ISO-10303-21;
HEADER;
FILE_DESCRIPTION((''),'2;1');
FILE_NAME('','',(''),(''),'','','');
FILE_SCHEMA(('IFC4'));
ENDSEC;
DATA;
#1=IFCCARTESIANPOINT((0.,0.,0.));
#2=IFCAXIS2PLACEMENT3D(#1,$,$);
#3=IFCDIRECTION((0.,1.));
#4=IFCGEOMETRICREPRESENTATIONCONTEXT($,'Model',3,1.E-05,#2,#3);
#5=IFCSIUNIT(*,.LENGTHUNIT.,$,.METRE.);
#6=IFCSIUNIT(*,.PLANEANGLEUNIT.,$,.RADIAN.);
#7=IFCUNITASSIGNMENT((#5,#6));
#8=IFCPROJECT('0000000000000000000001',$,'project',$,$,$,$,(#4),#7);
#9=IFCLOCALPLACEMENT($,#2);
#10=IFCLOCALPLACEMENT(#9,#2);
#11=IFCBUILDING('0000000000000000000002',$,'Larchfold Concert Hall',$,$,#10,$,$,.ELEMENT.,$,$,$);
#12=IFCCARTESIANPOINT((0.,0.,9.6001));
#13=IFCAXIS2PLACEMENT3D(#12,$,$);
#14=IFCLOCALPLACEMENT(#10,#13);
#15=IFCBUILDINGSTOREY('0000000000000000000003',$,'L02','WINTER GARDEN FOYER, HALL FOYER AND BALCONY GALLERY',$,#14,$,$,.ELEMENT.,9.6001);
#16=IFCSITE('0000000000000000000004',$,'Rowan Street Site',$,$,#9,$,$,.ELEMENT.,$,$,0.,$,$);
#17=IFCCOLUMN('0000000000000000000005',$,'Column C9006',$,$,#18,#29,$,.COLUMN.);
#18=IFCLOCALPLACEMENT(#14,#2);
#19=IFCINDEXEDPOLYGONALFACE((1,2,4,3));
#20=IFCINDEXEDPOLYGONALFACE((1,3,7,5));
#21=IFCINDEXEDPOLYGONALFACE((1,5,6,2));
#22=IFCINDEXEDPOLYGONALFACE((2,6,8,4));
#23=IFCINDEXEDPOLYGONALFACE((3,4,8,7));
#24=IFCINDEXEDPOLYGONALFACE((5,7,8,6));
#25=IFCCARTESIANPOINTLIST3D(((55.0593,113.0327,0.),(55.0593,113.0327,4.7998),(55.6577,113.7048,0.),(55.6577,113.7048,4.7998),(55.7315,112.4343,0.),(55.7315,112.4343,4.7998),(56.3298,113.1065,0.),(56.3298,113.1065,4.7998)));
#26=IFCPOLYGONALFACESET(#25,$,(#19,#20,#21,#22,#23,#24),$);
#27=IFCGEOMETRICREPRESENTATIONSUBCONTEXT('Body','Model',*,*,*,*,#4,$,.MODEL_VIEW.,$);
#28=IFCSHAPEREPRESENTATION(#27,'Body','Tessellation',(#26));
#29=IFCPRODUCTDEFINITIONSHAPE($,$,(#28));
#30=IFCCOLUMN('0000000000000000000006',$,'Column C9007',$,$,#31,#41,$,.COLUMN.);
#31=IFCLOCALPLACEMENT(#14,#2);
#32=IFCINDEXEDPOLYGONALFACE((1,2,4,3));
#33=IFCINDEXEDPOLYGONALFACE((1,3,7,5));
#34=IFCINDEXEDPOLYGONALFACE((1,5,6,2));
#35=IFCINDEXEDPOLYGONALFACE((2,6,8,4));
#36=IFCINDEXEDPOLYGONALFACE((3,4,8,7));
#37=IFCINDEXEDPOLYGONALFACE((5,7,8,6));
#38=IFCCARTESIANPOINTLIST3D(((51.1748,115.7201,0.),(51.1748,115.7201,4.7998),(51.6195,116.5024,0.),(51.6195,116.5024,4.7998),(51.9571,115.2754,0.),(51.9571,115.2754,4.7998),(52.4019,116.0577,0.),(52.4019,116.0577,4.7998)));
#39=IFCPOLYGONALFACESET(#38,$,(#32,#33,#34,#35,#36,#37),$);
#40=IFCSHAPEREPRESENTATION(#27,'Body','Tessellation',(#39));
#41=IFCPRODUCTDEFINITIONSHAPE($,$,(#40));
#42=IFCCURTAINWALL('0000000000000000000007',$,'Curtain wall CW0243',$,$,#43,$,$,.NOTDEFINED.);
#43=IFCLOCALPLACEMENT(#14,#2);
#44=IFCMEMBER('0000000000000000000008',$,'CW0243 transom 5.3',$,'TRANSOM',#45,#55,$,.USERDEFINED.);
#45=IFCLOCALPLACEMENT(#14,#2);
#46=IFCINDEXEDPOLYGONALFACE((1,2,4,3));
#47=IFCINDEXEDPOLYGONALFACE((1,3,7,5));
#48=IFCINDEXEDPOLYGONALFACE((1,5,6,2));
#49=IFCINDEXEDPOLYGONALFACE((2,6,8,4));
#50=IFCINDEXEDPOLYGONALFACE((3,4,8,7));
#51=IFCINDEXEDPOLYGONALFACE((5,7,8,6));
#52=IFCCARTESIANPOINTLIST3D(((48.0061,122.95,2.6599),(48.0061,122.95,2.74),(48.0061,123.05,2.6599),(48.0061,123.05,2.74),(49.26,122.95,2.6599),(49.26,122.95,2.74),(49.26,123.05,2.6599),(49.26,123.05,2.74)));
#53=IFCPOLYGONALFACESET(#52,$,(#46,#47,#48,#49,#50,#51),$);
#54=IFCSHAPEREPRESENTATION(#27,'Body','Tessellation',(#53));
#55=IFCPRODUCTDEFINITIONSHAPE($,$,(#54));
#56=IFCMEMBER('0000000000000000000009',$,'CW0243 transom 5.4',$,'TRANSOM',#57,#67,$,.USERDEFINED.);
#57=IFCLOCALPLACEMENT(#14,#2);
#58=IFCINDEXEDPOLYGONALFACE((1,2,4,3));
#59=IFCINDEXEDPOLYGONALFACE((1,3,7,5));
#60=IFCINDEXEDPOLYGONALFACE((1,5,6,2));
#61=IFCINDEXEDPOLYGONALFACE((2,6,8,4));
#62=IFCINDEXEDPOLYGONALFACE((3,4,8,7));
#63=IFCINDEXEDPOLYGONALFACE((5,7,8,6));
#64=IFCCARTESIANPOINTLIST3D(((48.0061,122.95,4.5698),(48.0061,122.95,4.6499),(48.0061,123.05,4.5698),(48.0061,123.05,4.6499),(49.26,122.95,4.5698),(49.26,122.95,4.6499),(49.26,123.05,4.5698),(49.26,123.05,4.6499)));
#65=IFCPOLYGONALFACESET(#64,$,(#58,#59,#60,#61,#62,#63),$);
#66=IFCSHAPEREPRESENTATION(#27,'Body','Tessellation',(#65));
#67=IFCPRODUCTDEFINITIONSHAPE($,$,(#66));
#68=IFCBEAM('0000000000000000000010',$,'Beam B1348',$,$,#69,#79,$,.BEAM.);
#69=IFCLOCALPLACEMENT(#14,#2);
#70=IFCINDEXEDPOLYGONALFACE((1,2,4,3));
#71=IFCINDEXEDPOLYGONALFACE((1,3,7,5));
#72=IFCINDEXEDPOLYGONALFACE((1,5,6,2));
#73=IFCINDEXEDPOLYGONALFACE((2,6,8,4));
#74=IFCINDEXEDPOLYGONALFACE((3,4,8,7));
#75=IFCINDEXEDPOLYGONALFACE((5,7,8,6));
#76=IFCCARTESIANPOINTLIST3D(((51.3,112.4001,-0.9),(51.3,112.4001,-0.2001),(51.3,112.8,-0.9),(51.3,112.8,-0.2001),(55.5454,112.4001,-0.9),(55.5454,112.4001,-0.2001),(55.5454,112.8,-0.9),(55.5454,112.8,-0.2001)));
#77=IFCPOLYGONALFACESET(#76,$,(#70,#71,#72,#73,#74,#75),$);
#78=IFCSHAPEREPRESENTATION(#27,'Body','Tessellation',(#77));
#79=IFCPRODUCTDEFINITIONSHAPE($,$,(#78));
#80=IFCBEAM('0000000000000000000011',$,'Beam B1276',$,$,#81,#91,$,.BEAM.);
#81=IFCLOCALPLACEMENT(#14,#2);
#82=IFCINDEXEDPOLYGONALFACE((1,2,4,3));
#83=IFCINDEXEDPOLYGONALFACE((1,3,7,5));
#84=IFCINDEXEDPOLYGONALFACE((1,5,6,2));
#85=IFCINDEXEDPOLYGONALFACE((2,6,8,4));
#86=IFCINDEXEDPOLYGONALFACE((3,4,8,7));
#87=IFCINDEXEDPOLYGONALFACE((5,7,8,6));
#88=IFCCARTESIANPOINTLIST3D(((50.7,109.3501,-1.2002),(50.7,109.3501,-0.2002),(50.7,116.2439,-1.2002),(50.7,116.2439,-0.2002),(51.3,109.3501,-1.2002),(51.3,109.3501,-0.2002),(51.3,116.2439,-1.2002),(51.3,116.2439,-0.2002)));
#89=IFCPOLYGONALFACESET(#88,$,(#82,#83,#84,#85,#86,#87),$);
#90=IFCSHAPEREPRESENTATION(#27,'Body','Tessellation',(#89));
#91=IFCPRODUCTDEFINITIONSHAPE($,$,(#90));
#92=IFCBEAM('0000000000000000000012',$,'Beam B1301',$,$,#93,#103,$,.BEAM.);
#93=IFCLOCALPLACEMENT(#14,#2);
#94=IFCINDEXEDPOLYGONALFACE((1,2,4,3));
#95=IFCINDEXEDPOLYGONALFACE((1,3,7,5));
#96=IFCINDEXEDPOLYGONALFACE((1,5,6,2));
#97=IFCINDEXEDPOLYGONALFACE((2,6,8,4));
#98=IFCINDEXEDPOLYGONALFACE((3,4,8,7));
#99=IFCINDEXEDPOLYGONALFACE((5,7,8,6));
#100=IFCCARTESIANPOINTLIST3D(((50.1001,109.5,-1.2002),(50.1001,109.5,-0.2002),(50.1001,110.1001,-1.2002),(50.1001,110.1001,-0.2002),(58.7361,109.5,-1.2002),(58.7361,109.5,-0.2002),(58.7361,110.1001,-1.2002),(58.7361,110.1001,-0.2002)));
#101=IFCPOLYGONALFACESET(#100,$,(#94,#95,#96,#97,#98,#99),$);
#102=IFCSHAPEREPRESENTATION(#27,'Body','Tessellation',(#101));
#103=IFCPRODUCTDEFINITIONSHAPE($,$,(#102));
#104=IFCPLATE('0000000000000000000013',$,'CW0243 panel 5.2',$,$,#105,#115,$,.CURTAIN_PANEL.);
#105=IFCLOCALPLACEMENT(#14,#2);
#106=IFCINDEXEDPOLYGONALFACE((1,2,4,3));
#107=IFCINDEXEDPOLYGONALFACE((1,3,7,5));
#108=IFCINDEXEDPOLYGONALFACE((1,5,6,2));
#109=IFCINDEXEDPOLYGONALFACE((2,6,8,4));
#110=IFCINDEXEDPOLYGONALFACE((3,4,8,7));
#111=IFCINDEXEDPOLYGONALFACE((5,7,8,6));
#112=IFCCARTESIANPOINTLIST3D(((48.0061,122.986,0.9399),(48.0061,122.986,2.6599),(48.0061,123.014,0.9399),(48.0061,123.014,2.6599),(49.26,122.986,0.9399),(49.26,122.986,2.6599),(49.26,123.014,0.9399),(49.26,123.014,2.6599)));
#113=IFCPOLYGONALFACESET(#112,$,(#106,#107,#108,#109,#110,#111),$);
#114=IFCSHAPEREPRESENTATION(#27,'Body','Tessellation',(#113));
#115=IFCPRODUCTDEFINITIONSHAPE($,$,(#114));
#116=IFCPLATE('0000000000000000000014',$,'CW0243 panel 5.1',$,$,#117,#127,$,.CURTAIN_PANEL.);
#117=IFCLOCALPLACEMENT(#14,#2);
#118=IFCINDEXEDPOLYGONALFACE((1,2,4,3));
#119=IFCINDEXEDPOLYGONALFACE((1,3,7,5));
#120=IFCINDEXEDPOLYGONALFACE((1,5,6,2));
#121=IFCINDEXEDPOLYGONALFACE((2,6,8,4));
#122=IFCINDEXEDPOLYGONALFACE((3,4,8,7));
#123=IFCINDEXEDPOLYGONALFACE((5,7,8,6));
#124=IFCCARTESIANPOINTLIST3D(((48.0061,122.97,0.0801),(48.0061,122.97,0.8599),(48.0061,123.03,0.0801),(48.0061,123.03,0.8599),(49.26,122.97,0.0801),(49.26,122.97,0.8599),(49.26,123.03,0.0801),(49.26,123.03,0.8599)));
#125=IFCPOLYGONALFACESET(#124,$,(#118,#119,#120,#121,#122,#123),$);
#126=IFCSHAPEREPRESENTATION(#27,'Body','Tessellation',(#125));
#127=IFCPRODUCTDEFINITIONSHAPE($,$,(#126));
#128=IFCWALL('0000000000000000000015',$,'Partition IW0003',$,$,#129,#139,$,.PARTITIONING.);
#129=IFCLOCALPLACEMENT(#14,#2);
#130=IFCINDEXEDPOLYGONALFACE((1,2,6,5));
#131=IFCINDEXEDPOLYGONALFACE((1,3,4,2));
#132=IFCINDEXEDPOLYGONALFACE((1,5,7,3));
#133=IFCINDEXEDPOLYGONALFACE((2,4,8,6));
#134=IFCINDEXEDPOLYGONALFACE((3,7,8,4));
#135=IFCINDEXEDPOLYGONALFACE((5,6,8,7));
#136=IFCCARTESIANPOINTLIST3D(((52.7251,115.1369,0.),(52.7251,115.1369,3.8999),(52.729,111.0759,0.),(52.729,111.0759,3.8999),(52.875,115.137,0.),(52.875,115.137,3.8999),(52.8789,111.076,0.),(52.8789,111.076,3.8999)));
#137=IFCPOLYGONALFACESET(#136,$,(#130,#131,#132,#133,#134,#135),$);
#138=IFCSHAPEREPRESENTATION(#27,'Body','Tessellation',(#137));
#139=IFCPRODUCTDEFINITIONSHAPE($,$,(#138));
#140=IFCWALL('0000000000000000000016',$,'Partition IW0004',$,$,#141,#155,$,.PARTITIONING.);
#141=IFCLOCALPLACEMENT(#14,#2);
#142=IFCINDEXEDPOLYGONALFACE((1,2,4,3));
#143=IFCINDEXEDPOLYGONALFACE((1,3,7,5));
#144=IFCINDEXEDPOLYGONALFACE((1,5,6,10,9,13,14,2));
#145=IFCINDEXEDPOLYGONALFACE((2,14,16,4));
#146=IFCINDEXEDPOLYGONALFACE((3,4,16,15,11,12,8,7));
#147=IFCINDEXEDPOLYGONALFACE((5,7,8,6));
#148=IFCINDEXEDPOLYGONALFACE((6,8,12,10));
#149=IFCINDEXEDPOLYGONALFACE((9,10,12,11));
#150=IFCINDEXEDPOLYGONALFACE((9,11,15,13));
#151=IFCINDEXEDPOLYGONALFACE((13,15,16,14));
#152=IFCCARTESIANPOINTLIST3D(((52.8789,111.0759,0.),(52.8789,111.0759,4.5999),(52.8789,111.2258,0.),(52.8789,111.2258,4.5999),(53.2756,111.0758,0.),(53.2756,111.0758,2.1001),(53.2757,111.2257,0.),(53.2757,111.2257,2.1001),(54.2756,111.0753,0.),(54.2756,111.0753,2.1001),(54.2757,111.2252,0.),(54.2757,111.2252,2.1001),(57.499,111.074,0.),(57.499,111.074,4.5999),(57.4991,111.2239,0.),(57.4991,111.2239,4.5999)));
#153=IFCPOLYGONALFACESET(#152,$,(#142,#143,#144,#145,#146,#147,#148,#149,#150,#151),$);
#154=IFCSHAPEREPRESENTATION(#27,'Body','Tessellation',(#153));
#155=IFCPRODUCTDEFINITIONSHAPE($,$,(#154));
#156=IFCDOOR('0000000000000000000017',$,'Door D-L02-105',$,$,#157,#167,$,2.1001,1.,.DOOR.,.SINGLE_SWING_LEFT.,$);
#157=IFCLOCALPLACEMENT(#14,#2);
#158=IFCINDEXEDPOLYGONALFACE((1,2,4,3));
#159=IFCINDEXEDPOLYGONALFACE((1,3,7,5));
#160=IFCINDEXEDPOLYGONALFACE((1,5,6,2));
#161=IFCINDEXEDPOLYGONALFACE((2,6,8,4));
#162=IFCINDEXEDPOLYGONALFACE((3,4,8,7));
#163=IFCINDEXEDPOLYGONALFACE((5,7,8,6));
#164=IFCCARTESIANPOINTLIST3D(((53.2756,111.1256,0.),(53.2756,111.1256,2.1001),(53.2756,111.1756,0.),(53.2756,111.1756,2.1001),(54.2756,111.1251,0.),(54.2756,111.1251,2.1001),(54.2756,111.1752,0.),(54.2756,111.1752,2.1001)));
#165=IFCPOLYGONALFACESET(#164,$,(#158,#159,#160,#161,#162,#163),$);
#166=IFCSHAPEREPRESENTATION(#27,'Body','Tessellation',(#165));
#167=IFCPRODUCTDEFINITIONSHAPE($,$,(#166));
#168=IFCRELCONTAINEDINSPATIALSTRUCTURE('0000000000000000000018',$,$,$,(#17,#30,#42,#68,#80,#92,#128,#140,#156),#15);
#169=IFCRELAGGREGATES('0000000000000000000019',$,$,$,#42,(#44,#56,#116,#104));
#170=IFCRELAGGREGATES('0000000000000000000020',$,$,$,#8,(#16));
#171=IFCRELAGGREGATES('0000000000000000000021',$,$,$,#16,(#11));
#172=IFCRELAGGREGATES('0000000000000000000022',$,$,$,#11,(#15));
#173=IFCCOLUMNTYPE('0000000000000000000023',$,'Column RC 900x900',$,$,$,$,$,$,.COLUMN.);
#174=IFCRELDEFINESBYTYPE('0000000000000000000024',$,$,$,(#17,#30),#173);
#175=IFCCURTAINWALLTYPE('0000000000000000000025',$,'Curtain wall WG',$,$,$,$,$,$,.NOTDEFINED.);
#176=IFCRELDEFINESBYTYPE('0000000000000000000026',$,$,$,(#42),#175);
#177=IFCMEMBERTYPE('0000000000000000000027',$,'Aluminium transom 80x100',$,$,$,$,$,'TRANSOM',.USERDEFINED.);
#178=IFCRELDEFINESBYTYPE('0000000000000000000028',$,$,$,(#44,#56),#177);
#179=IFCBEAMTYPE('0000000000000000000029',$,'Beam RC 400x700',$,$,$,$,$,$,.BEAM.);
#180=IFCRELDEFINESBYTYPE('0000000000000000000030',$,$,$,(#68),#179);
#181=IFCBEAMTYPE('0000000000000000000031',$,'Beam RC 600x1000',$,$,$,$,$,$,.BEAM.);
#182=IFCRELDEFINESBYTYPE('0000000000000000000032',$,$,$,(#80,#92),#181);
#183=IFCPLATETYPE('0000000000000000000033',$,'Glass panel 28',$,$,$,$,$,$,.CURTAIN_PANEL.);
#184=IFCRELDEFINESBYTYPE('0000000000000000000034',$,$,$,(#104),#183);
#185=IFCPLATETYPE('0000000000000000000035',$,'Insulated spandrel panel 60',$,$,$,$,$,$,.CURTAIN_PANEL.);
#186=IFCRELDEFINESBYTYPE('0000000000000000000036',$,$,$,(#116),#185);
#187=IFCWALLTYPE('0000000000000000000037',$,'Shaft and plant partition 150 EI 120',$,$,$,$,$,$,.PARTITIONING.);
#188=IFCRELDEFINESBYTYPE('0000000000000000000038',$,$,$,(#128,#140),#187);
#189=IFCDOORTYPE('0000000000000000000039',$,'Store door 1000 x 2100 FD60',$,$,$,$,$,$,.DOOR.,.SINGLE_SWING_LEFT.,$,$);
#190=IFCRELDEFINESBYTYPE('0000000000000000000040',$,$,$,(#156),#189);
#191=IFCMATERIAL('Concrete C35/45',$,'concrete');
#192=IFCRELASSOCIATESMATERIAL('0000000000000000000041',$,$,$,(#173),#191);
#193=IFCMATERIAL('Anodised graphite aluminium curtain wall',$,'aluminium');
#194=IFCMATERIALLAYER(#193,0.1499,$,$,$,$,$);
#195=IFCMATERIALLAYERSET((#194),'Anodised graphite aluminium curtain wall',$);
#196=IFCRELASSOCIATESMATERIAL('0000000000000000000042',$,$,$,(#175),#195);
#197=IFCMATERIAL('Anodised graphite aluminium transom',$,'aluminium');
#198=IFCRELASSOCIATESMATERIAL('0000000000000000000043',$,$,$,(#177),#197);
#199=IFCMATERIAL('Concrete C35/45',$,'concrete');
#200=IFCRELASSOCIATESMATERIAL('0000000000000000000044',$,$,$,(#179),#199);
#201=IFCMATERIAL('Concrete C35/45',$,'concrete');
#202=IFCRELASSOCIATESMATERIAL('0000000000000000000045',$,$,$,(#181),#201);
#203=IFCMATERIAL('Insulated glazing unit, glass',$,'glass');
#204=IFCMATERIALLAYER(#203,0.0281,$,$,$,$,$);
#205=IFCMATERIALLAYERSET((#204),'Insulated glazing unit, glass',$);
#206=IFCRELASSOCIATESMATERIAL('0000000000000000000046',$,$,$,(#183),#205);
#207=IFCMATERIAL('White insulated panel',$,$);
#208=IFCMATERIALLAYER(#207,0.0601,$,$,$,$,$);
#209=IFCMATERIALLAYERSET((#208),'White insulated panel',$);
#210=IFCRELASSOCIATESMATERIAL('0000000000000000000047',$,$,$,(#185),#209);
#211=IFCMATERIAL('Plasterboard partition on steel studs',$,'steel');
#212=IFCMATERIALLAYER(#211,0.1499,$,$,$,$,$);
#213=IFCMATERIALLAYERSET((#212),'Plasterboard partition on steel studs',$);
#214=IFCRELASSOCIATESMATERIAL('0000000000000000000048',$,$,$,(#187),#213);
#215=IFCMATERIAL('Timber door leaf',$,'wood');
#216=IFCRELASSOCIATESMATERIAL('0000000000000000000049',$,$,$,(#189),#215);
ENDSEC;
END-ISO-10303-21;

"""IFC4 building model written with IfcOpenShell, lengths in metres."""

from ifc_helpers import new_model, si_unit, direction, frame, frame_2d, origin, origin_2d, place, context, subcontext, project, spatial, rectangle, extrude, material, layer, layer_set, material_profile, profile_set, type_object, element, fill, aggregate, save


model = new_model("IFC4")

# Units and contexts
model_context = context("Model", 3, precision=1e-05, world=origin(), true_north=direction((0.0, 1.0)))
body_context = subcontext(model_context, "Body", "Model", "MODEL_VIEW")
ifc_project = project(units=[si_unit("LENGTHUNIT", "METRE"), si_unit("PLANEANGLEUNIT", "RADIAN")], contexts=[model_context])

# Site, building, storey
site_placement = place(None, origin())
site = spatial("IfcSite", under=ifc_project, at=site_placement, Name="Rowan Street Site", CompositionType="ELEMENT", RefElevation=0.0)
building_placement = place(site_placement, origin())
building = spatial("IfcBuilding", under=site, at=building_placement, Name="Larchfold Concert Hall", CompositionType="ELEMENT")
storey_placement = place(building_placement, frame((0.0, 0.0, 9.6001)))
storey = spatial("IfcBuildingStorey", under=building, at=storey_placement, Name="L02", Description="WINTER GARDEN FOYER, HALL FOYER AND BALCONY GALLERY", CompositionType="ELEMENT", Elevation=9.6001)

# Columns
ifc_material_1 = material(Name="Concrete C35/45", Category="concrete")
ifc_material_profile_1 = material_profile(ifc_material_1, rectangle(XDim=0.8999, YDim=0.8999, at=origin_2d()))
ifc_profile_set_1 = profile_set([ifc_material_profile_1], Name="Concrete C35/45")
column_type = type_object("IfcColumnType", Name="Column RC 900x900", PredefinedType="COLUMN", material=ifc_profile_set_1)
for number, where, z_axis, x_axis, name in (
    (1, (55.6946, 113.0696, 0.0), (0.0, 0.0, 1.0), (0.664882, 0.746949, 0.0), "Column C9006"),
    (2, (51.7883, 115.8889, 0.0), (0.0, 0.0, 1.0), (0.494204, 0.869346, 0.0), "Column C9007"),
):
    element("IfcColumn", number, at=place(storey_placement, frame(where, z_axis=z_axis, x_axis=x_axis)), inside=storey, type_object=column_type, Name=name, PredefinedType="COLUMN", context=body_context, shape_type="SweptSolid", body=[
        extrude(rectangle(XDim=0.8999, YDim=0.8999, at=origin_2d()), origin(), (0.0, 0.0, 1.0), 4.7998),
    ])

# Curtain wall, members
ifc_material_2 = material(Name="Anodised graphite aluminium curtain wall", Category="aluminium")
ifc_layer_1 = layer(ifc_material_2, 0.1499)
ifc_layer_set_1 = layer_set([ifc_layer_1], Name="Anodised graphite aluminium curtain wall")
curtain_wall_type = type_object("IfcCurtainWallType", Name="Curtain wall WG", PredefinedType="NOTDEFINED", material=ifc_layer_set_1)
curtain_wall_placement = place(storey_placement, origin())
curtain_wall = element("IfcCurtainWall", 3, at=curtain_wall_placement, inside=storey, type_object=curtain_wall_type, Name="Curtain wall CW0243", PredefinedType="NOTDEFINED")
ifc_material_3 = material(Name="Anodised graphite aluminium transom", Category="aluminium")
ifc_material_profile_2 = material_profile(ifc_material_3, rectangle(XDim=0.1001, YDim=0.0801, at=origin_2d()))
ifc_profile_set_2 = profile_set([ifc_material_profile_2], Name="Anodised graphite aluminium transom")
member_type = type_object("IfcMemberType", Name="Aluminium transom 80x100", ElementType="TRANSOM", PredefinedType="USERDEFINED", material=ifc_profile_set_2)
member_1_placement = place(storey_placement, frame((48.0061, 123.0, 2.7), z_axis=(1.0, 0.0, 0.0), x_axis=(0.0, 1.0, 0.0)))
member_1 = element("IfcMember", 4, at=member_1_placement, type_object=member_type, Name="CW0243 transom 5.3", ObjectType="TRANSOM", PredefinedType="USERDEFINED", context=body_context, shape_type="SweptSolid", body=[
    extrude(rectangle(XDim=0.1001, YDim=0.0801, at=origin_2d()), origin(), (0.0, 0.0, 1.0), 1.2539),
])
member_2_placement = place(storey_placement, frame((48.0061, 123.0, 4.6099), z_axis=(1.0, 0.0, 0.0), x_axis=(0.0, 1.0, 0.0)))
member_2 = element("IfcMember", 5, at=member_2_placement, type_object=member_type, Name="CW0243 transom 5.4", ObjectType="TRANSOM", PredefinedType="USERDEFINED", context=body_context, shape_type="SweptSolid", body=[
    extrude(rectangle(XDim=0.1001, YDim=0.0801, at=origin_2d()), origin(), (0.0, 0.0, 1.0), 1.2539),
])

# Beams
ifc_material_4 = material(Name="Concrete C35/45", Category="concrete")
ifc_material_profile_3 = material_profile(ifc_material_4, rectangle(XDim=0.3999, YDim=0.7, at=origin_2d()))
ifc_profile_set_3 = profile_set([ifc_material_profile_3], Name="Concrete C35/45")
beam_type_1 = type_object("IfcBeamType", Name="Beam RC 400x700", PredefinedType="BEAM", material=ifc_profile_set_3)
beam_1_placement = place(storey_placement, frame((51.3, 112.6001, -0.55), z_axis=(1.0, 0.0, 0.0), x_axis=(0.0, 1.0, 0.0)))
element("IfcBeam", 6, at=beam_1_placement, inside=storey, type_object=beam_type_1, Name="Beam B1348", PredefinedType="BEAM", context=body_context, shape_type="SweptSolid", body=[
    extrude(rectangle(XDim=0.3999, YDim=0.7, at=origin_2d()), origin(), (0.0, 0.0, 1.0), 4.2454),
])
ifc_material_5 = material(Name="Concrete C35/45", Category="concrete")
ifc_material_profile_4 = material_profile(ifc_material_5, rectangle(XDim=0.6001, YDim=1.0, at=origin_2d()))
ifc_profile_set_4 = profile_set([ifc_material_profile_4], Name="Concrete C35/45")
beam_type_2 = type_object("IfcBeamType", Name="Beam RC 600x1000", PredefinedType="BEAM", material=ifc_profile_set_4)
beam_2_placement = place(storey_placement, frame((51.0, 109.3501, -0.7002), z_axis=(0.0, 1.0, 0.0), x_axis=(-1.0, 0.0, 0.0)))
element("IfcBeam", 7, at=beam_2_placement, inside=storey, type_object=beam_type_2, Name="Beam B1276", PredefinedType="BEAM", context=body_context, shape_type="SweptSolid", body=[
    extrude(rectangle(XDim=0.6001, YDim=1.0, at=origin_2d()), origin(), (0.0, 0.0, 1.0), 6.8938),
])
beam_3_placement = place(storey_placement, frame((50.1001, 109.8, -0.7002), z_axis=(1.0, 0.0, 0.0), x_axis=(0.0, 1.0, 0.0)))
element("IfcBeam", 8, at=beam_3_placement, inside=storey, type_object=beam_type_2, Name="Beam B1301", PredefinedType="BEAM", context=body_context, shape_type="SweptSolid", body=[
    extrude(rectangle(XDim=0.6001, YDim=1.0, at=origin_2d()), origin(), (0.0, 0.0, 1.0), 8.636),
])

# Plates
ifc_material_6 = material(Name="Insulated glazing unit, glass", Category="glass")
ifc_layer_2 = layer(ifc_material_6, 0.0281)
ifc_layer_set_2 = layer_set([ifc_layer_2], Name="Insulated glazing unit, glass")
plate_type_1 = type_object("IfcPlateType", Name="Glass panel 28", PredefinedType="CURTAIN_PANEL", material=ifc_layer_set_2)
plate_1_placement = place(storey_placement, frame((48.6331, 123.0, 0.9399), z_axis=(0.0, 0.0, 1.0), x_axis=(1.0, 0.0, 0.0)))
plate_1 = element("IfcPlate", 9, at=plate_1_placement, type_object=plate_type_1, Name="CW0243 panel 5.2", PredefinedType="CURTAIN_PANEL", context=body_context, shape_type="SweptSolid", body=[
    extrude(rectangle(XDim=1.2539, YDim=0.0281, at=origin_2d()), origin(), (0.0, 0.0, 1.0), 1.72),
])
ifc_material_7 = material(Name="White insulated panel")
ifc_layer_3 = layer(ifc_material_7, 0.0601)
ifc_layer_set_3 = layer_set([ifc_layer_3], Name="White insulated panel")
plate_type_2 = type_object("IfcPlateType", Name="Insulated spandrel panel 60", PredefinedType="CURTAIN_PANEL", material=ifc_layer_set_3)
plate_2_placement = place(storey_placement, frame((48.6331, 123.0, 0.0801), z_axis=(0.0, 0.0, 1.0), x_axis=(1.0, 0.0, 0.0)))
plate_2 = element("IfcPlate", 10, at=plate_2_placement, type_object=plate_type_2, Name="CW0243 panel 5.1", PredefinedType="CURTAIN_PANEL", context=body_context, shape_type="SweptSolid", body=[
    extrude(rectangle(XDim=1.2539, YDim=0.0601, at=origin_2d()), origin(), (0.0, 0.0, 1.0), 0.7798),
])
aggregate(curtain_wall, [member_1, member_2, plate_2, plate_1])

# Wall
ifc_material_8 = material(Name="Plasterboard partition on steel studs", Category="steel")
ifc_layer_4 = layer(ifc_material_8, 0.1499)
ifc_layer_set_4 = layer_set([ifc_layer_4], Name="Plasterboard partition on steel studs")
wall_type_1 = type_object("IfcWallType", Name="Shaft and plant partition 150 EI 120", PredefinedType="PARTITIONING", material=ifc_layer_set_4)
wall_1_placement = place(storey_placement, frame((52.8, 115.137, 0.0), z_axis=(0.0, 0.0, 1.0), x_axis=(0.000962, -1.0, 0.0)))
element("IfcWall", 11, at=wall_1_placement, inside=storey, type_object=wall_type_1, Name="Partition IW0003", PredefinedType="PARTITIONING", context=body_context, shape_type="SweptSolid", body=[
    extrude(rectangle(XDim=4.061, YDim=0.1499, at=frame_2d((2.0305, 0.0))), origin(), (0.0, 0.0, 1.0), 3.8999),
])

# Wall, opening, door
wall_2_placement = place(storey_placement, frame((52.8789, 111.1509, 0.0), z_axis=(0.0, 0.0, 1.0), x_axis=(1.0, -0.000423, 0.0)))
wall_2 = element("IfcWall", 12, at=wall_2_placement, inside=storey, type_object=wall_type_1, Name="Partition IW0004", PredefinedType="PARTITIONING", context=body_context, shape_type="SweptSolid", body=[
    extrude(rectangle(XDim=4.6201, YDim=0.1499, at=frame_2d((2.3101, 0.0))), origin(), (0.0, 0.0, 1.0), 4.5999),
])
opening_1_placement = place(wall_2_placement, frame((0.3967, 0.0, 0.0)))
opening_1 = element("IfcOpeningElement", 13, at=opening_1_placement, cuts=wall_2, PredefinedType="OPENING", context=body_context, shape_type="SweptSolid", body=[
    extrude(rectangle(XDim=1.0, YDim=2.1001, at=frame_2d((0.5, 1.05))), frame((0.0, 0.085, 0.0), z_axis=(0.0, -1.0, 0.0), x_axis=(1.0, 0.0, 0.0)), (0.0, 0.0, 1.0), 0.1699),
])
ifc_material_9 = material(Name="Timber door leaf", Category="wood")
door_type_1 = type_object("IfcDoorType", Name="Store door 1000 x 2100 FD60", OperationType="SINGLE_SWING_LEFT", PredefinedType="DOOR", material=ifc_material_9)
door_1_placement = place(opening_1_placement, origin())
door_1 = element("IfcDoor", 14, at=door_1_placement, inside=storey, type_object=door_type_1, Name="Door D-L02-105", OperationType="SINGLE_SWING_LEFT", OverallHeight=2.1001, OverallWidth=1.0, PredefinedType="DOOR", context=body_context, shape_type="SweptSolid", body=[
    extrude(rectangle(XDim=1.0, YDim=2.1001, at=frame_2d((0.5, 1.05))), frame((0.0, 0.0249, 0.0), z_axis=(0.0, -1.0, 0.0), x_axis=(1.0, 0.0, 0.0)), (0.0, 0.0, 1.0), 0.05),
])
fill(opening_1, door_1)

save(model, "model.ifc")
